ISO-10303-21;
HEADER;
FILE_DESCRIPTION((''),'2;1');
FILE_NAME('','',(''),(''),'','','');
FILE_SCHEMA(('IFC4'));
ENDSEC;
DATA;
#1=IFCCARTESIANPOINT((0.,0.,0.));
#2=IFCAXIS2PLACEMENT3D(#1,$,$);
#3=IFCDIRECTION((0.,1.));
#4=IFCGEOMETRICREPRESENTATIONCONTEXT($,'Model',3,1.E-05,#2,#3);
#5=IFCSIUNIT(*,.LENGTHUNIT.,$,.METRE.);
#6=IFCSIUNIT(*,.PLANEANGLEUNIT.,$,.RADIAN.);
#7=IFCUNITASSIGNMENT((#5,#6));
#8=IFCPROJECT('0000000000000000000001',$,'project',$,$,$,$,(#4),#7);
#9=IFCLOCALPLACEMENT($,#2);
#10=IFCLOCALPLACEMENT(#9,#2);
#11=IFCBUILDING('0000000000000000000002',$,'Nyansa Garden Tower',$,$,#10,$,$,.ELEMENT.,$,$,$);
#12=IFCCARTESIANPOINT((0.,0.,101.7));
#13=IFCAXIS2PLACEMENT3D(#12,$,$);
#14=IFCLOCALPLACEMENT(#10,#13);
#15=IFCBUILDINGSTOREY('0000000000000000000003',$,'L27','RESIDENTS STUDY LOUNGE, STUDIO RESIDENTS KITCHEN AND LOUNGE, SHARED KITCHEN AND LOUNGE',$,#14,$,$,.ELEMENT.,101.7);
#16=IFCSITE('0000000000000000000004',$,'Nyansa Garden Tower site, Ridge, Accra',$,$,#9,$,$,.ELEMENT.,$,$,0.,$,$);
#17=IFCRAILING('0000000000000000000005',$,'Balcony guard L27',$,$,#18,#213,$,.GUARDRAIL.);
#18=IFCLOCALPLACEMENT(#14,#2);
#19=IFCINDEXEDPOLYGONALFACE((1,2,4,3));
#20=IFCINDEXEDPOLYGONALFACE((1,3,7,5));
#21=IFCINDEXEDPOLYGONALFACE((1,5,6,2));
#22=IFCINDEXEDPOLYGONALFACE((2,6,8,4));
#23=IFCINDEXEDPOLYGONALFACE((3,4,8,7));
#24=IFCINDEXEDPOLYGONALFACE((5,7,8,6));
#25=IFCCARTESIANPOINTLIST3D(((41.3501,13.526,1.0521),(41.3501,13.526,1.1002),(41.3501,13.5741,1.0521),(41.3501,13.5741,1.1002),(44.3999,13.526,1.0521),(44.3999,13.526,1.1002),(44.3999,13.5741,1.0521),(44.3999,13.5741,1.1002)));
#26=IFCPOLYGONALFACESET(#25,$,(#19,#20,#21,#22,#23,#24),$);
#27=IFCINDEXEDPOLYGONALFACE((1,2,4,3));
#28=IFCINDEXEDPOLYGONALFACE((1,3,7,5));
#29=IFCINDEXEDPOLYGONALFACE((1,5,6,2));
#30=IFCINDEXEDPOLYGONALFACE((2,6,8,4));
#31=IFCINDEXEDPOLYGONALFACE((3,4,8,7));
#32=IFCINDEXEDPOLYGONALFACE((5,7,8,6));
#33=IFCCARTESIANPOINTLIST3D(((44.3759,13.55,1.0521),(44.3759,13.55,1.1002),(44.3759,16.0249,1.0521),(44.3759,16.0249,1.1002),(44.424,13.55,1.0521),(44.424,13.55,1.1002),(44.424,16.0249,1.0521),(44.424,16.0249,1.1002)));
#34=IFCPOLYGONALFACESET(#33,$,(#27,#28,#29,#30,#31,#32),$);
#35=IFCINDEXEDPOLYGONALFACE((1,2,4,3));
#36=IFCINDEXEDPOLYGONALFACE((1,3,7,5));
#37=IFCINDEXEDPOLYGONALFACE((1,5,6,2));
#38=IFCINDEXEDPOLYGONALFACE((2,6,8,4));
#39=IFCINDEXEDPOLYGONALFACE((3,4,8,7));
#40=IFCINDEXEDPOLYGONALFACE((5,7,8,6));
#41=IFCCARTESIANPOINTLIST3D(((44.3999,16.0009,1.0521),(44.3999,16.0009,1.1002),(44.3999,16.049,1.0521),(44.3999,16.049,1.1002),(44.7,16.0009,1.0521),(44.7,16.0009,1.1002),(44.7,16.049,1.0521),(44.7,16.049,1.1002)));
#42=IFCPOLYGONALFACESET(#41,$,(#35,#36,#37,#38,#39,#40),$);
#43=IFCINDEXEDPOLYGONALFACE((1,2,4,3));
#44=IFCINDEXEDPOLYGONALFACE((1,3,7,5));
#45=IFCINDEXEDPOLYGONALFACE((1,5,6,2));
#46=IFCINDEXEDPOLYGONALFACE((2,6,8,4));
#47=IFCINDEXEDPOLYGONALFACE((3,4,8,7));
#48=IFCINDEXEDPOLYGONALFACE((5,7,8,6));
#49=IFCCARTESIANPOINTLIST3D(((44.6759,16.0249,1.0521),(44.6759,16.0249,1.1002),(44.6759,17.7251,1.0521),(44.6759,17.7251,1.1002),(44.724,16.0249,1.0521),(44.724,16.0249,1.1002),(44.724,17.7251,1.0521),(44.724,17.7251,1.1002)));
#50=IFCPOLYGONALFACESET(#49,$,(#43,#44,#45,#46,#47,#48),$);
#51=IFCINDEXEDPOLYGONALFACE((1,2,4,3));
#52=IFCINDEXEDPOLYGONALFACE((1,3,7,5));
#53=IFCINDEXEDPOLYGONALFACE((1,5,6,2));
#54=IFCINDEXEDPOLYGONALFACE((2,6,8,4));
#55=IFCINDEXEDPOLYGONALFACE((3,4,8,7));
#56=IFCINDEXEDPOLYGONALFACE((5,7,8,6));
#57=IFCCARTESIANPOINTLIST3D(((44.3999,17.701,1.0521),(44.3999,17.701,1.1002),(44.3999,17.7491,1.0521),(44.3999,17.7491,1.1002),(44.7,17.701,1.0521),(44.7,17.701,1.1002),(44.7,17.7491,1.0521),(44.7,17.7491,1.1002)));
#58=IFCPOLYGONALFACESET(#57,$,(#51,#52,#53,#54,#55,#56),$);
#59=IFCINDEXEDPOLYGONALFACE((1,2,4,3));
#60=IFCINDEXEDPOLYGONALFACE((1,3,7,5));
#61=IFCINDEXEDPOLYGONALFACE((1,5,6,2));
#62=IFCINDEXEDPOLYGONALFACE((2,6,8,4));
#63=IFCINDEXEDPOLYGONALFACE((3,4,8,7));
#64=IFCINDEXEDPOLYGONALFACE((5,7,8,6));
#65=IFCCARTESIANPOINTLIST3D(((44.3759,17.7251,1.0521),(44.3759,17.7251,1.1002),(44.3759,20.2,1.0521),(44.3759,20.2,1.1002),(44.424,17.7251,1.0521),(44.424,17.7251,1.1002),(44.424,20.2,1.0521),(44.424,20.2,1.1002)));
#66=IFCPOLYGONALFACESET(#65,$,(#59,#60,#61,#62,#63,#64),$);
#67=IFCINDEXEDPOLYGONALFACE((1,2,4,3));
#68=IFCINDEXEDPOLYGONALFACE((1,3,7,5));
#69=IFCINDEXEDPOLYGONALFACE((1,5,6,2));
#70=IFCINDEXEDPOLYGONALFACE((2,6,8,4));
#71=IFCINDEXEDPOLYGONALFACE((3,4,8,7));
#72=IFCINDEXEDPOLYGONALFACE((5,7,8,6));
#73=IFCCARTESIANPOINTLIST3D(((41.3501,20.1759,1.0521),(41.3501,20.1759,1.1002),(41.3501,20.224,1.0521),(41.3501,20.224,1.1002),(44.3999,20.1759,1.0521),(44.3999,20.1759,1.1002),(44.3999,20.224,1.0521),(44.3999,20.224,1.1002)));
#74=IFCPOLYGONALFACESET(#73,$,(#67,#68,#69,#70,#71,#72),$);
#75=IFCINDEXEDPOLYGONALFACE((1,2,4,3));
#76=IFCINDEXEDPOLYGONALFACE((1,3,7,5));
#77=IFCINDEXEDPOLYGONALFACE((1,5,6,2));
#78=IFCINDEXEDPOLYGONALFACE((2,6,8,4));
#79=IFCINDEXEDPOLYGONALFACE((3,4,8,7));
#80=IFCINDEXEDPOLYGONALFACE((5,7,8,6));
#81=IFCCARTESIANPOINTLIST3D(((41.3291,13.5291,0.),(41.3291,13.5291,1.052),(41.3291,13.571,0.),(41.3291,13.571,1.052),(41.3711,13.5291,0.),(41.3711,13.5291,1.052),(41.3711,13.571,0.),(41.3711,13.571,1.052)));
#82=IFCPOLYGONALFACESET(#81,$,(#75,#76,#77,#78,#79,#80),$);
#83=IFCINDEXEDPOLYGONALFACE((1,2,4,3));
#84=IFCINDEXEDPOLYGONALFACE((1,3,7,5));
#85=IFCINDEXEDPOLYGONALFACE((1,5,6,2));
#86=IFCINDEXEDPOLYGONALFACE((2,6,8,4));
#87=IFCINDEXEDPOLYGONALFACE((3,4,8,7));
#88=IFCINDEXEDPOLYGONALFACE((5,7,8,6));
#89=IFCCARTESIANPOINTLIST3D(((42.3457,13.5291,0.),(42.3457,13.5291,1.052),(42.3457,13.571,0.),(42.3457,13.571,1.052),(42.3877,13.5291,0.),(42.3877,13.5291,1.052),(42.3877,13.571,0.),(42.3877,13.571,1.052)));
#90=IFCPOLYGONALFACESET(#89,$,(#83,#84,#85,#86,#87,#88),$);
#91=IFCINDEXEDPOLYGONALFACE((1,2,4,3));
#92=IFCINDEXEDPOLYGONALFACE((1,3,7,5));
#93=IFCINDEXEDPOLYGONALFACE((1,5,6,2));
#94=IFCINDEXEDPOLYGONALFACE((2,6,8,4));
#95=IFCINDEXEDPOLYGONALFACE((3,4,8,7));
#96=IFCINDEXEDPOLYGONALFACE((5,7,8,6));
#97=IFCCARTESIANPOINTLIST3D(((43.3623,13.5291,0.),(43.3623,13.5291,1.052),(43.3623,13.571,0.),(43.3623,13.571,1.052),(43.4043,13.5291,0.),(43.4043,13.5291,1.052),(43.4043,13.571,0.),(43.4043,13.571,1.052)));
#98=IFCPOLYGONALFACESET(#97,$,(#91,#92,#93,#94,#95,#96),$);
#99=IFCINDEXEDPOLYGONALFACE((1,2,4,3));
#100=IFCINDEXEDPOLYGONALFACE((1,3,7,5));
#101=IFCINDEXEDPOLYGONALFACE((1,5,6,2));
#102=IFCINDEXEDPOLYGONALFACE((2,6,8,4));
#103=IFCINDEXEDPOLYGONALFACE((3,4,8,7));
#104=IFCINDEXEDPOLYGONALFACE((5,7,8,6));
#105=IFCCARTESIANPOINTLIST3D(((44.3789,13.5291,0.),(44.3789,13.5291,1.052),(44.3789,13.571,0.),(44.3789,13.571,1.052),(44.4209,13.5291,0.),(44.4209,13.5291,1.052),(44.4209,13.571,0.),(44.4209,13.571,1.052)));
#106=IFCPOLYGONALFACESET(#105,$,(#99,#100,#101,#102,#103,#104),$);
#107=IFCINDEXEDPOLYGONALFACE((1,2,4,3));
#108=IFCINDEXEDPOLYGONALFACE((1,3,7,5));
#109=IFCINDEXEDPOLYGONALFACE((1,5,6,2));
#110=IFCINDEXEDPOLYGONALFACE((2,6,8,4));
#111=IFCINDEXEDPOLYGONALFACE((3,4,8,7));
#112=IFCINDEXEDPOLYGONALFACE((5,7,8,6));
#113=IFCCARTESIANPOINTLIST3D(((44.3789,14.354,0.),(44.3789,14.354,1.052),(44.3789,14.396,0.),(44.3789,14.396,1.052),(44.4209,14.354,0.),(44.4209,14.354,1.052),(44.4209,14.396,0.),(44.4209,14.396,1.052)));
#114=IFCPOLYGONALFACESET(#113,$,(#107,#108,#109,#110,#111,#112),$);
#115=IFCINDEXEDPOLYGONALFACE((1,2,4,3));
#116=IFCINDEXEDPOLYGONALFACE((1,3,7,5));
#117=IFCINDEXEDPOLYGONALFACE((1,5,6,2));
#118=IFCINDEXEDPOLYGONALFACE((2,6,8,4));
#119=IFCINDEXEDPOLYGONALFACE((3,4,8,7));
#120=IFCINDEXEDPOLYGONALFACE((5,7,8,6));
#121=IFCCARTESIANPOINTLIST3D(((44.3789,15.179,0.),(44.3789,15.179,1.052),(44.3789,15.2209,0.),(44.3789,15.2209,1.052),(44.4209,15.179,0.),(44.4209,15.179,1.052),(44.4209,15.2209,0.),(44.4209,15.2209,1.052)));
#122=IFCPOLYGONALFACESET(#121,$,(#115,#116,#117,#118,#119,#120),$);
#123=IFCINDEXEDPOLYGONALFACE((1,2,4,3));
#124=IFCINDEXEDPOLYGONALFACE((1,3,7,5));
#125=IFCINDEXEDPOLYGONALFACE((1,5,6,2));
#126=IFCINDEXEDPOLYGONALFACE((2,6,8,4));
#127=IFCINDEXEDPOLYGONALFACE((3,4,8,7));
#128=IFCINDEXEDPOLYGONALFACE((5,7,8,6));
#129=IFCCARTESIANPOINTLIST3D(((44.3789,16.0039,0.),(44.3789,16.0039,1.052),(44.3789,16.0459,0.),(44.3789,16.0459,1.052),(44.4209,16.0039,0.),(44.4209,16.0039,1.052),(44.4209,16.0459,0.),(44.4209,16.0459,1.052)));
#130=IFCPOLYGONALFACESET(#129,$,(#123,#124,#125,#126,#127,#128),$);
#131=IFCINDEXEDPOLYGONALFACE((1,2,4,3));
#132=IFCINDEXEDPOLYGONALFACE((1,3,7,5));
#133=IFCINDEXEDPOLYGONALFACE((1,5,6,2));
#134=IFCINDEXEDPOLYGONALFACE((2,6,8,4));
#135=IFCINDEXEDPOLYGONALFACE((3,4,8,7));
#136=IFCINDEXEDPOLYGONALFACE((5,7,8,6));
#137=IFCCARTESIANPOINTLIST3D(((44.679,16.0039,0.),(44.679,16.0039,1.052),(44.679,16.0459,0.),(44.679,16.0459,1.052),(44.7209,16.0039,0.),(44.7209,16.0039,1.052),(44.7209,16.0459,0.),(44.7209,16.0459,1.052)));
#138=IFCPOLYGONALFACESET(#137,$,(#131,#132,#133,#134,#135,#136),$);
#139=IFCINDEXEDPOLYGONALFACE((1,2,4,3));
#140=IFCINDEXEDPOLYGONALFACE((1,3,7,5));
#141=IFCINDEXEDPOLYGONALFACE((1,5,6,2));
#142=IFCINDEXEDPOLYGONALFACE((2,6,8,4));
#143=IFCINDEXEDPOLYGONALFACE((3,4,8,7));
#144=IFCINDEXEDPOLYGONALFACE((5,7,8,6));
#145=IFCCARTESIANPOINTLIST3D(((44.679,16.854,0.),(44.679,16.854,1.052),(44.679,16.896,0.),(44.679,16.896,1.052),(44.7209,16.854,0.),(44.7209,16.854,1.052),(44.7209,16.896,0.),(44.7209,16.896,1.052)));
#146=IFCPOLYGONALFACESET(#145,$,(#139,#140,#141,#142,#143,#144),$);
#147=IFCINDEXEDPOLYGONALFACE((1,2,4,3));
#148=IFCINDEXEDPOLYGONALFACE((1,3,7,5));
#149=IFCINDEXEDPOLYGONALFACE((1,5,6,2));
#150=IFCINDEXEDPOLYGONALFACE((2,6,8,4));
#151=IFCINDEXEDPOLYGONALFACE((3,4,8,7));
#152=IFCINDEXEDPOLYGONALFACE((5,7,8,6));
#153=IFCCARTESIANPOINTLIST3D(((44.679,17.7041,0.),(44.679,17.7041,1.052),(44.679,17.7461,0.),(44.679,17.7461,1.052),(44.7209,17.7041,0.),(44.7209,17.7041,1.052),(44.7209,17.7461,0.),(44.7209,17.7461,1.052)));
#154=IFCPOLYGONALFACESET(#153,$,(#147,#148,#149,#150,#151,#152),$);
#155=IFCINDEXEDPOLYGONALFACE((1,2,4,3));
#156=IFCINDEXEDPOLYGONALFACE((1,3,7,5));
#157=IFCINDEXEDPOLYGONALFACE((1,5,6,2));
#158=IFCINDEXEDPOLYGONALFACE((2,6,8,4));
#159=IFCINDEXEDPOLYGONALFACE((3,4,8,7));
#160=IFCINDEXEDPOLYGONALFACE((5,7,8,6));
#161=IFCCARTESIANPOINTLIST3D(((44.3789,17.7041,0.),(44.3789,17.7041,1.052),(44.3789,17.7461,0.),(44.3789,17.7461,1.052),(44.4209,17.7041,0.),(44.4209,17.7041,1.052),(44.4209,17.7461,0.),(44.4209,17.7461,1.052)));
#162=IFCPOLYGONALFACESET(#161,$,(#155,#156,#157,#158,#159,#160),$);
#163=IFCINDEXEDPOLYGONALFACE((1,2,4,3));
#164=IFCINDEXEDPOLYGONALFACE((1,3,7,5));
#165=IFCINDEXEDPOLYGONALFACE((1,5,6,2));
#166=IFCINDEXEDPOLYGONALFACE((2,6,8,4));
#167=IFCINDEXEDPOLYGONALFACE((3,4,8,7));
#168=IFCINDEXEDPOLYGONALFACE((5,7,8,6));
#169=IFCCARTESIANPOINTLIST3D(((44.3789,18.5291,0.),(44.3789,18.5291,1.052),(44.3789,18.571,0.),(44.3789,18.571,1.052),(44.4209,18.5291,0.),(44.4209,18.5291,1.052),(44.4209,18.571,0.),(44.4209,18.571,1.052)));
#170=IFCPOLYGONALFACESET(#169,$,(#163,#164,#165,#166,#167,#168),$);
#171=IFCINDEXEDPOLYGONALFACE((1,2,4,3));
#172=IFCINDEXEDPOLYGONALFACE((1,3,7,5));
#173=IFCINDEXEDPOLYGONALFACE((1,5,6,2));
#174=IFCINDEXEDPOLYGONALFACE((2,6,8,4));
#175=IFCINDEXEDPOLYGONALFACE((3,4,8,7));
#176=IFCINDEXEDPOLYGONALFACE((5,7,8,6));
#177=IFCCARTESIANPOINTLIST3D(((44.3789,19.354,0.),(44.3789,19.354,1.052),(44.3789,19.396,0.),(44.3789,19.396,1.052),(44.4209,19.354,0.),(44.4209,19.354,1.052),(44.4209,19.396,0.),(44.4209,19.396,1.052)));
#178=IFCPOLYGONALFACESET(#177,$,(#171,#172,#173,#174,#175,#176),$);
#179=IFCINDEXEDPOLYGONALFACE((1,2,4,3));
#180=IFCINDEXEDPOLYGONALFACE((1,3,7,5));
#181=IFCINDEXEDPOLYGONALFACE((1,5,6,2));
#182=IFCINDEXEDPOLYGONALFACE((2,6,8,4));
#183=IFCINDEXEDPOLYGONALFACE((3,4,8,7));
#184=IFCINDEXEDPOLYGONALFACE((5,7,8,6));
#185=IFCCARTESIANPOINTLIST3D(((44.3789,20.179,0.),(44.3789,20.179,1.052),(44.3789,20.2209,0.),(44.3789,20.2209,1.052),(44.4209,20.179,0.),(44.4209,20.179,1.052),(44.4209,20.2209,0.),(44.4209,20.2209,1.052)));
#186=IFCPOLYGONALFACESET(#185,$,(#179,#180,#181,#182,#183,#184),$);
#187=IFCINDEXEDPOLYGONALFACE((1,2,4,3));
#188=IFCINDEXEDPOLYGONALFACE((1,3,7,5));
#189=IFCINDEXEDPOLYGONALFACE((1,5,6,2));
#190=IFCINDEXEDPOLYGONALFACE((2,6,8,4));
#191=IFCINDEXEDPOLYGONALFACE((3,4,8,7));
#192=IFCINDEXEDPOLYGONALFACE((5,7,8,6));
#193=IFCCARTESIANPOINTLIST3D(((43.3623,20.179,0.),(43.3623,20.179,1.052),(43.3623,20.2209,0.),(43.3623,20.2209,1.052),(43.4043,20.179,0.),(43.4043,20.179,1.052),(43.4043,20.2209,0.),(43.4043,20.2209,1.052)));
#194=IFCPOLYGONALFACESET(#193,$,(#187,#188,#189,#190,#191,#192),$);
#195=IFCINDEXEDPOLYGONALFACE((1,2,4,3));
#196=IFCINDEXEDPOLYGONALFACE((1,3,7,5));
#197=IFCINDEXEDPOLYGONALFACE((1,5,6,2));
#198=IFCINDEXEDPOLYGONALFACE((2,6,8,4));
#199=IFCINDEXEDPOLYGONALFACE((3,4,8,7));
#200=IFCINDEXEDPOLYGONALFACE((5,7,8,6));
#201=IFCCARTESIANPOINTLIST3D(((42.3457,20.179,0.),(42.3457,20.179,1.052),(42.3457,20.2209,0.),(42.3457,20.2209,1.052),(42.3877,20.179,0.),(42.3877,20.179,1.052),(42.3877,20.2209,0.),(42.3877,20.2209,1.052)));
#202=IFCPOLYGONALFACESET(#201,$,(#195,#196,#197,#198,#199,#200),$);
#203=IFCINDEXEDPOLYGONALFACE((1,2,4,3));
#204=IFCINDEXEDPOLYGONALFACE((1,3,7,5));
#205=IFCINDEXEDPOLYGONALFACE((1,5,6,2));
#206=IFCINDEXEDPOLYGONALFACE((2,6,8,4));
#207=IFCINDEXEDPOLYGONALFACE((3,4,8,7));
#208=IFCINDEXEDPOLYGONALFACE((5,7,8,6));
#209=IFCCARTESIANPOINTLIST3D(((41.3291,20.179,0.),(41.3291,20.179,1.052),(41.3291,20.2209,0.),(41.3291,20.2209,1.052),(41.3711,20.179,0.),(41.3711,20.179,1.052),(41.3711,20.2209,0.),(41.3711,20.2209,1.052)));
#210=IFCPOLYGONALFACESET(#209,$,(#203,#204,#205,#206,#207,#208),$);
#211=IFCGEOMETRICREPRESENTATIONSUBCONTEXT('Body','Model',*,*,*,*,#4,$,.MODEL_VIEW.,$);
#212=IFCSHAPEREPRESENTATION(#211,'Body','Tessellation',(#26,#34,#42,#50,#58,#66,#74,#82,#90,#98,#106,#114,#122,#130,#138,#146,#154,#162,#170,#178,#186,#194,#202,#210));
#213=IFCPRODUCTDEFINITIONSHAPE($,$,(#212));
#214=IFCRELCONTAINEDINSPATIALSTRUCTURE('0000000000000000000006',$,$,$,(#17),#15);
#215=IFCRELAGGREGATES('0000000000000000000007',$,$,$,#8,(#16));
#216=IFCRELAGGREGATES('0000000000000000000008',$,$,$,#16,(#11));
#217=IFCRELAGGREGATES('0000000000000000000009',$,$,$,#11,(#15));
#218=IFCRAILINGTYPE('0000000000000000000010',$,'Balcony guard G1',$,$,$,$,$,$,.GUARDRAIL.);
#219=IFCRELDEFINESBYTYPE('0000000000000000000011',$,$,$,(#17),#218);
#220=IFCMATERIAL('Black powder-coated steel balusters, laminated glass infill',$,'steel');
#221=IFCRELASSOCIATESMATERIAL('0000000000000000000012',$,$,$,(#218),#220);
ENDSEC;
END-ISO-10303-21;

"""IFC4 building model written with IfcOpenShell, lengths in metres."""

from ifc_helpers import new_model, si_unit, direction, frame, origin, origin_2d, place, context, subcontext, project, spatial, rectangle, extrude, material, type_object, element, save


model = new_model("IFC4")

# Units and contexts
model_context = context("Model", 3, precision=1e-05, world=origin(), true_north=direction((0.0, 1.0)))
body_context = subcontext(model_context, "Body", "Model", "MODEL_VIEW")
ifc_project = project(units=[si_unit("LENGTHUNIT", "METRE"), si_unit("PLANEANGLEUNIT", "RADIAN")], contexts=[model_context])

# Site, building, storey
site_placement = place(None, origin())
site = spatial("IfcSite", under=ifc_project, at=site_placement, Name="Nyansa Garden Tower site, Ridge, Accra", CompositionType="ELEMENT", RefElevation=0.0)
building_placement = place(site_placement, origin())
building = spatial("IfcBuilding", under=site, at=building_placement, Name="Nyansa Garden Tower", CompositionType="ELEMENT")
storey_placement = place(building_placement, frame((0.0, 0.0, 101.7)))
storey = spatial("IfcBuildingStorey", under=building, at=storey_placement, Name="L27", Description="RESIDENTS STUDY LOUNGE, STUDIO RESIDENTS KITCHEN AND LOUNGE, SHARED KITCHEN AND LOUNGE", CompositionType="ELEMENT", Elevation=101.7)

# Railing
ifc_material_1 = material(Name="Black powder-coated steel balusters, laminated glass infill", Category="steel")
railing_type = type_object("IfcRailingType", Name="Balcony guard G1", PredefinedType="GUARDRAIL", material=ifc_material_1)
railing_placement = place(storey_placement, frame((41.3501, 13.55, 0.0)))
element("IfcRailing", 1, at=railing_placement, inside=storey, type_object=railing_type, Name="Balcony guard L27", PredefinedType="GUARDRAIL", context=body_context, shape_type="SweptSolid", body=[
    extrude(rectangle(XDim=0.0481, YDim=0.0481, at=origin_2d()), frame((0.0, 0.0, 1.0762), z_axis=(1.0, 0.0, 0.0), x_axis=(0.0, 1.0, 0.0)), (0.0, 0.0, 1.0), 3.0498),
    extrude(rectangle(XDim=0.0481, YDim=0.0481, at=origin_2d()), frame((3.0498, 0.0, 1.0762), z_axis=(0.0, 1.0, 0.0), x_axis=(-1.0, 0.0, 0.0)), (0.0, 0.0, 1.0), 2.4749),
    extrude(rectangle(XDim=0.0481, YDim=0.0481, at=origin_2d()), frame((3.0498, 2.4749, 1.0762), z_axis=(1.0, 0.0, 0.0), x_axis=(0.0, 1.0, 0.0)), (0.0, 0.0, 1.0), 0.3),
    extrude(rectangle(XDim=0.0481, YDim=0.0481, at=origin_2d()), frame((3.3499, 2.4749, 1.0762), z_axis=(0.0, 1.0, 0.0), x_axis=(-1.0, 0.0, 0.0)), (0.0, 0.0, 1.0), 1.7002),
    extrude(rectangle(XDim=0.0481, YDim=0.0481, at=origin_2d()), frame((3.3499, 4.175, 1.0762), z_axis=(-1.0, 0.0, 0.0), x_axis=(0.0, -1.0, 0.0)), (0.0, 0.0, 1.0), 0.3),
    extrude(rectangle(XDim=0.0481, YDim=0.0481, at=origin_2d()), frame((3.0498, 4.175, 1.0762), z_axis=(0.0, 1.0, 0.0), x_axis=(-1.0, 0.0, 0.0)), (0.0, 0.0, 1.0), 2.4749),
    extrude(rectangle(XDim=0.0481, YDim=0.0481, at=origin_2d()), frame((3.0498, 6.6499, 1.0762), z_axis=(-1.0, 0.0, 0.0), x_axis=(0.0, -1.0, 0.0)), (0.0, 0.0, 1.0), 3.0498),
    extrude(rectangle(XDim=0.042, YDim=0.042, at=origin_2d()), origin(), (0.0, 0.0, 1.0), 1.052),
    extrude(rectangle(XDim=0.042, YDim=0.042, at=origin_2d()), frame((1.0166, 0.0, 0.0)), (0.0, 0.0, 1.0), 1.052),
    extrude(rectangle(XDim=0.042, YDim=0.042, at=origin_2d()), frame((2.0332, 0.0, 0.0)), (0.0, 0.0, 1.0), 1.052),
    extrude(rectangle(XDim=0.042, YDim=0.042, at=origin_2d()), frame((3.0498, 0.0, 0.0)), (0.0, 0.0, 1.0), 1.052),
    extrude(rectangle(XDim=0.042, YDim=0.042, at=origin_2d()), frame((3.0498, 0.825, 0.0)), (0.0, 0.0, 1.0), 1.052),
    extrude(rectangle(XDim=0.042, YDim=0.042, at=origin_2d()), frame((3.0498, 1.6499, 0.0)), (0.0, 0.0, 1.0), 1.052),
    extrude(rectangle(XDim=0.042, YDim=0.042, at=origin_2d()), frame((3.0498, 2.4749, 0.0)), (0.0, 0.0, 1.0), 1.052),
    extrude(rectangle(XDim=0.042, YDim=0.042, at=origin_2d()), frame((3.3499, 2.4749, 0.0)), (0.0, 0.0, 1.0), 1.052),
    extrude(rectangle(XDim=0.042, YDim=0.042, at=origin_2d()), frame((3.3499, 3.325, 0.0)), (0.0, 0.0, 1.0), 1.052),
    extrude(rectangle(XDim=0.042, YDim=0.042, at=origin_2d()), frame((3.3499, 4.175, 0.0)), (0.0, 0.0, 1.0), 1.052),
    extrude(rectangle(XDim=0.042, YDim=0.042, at=origin_2d()), frame((3.0498, 4.175, 0.0)), (0.0, 0.0, 1.0), 1.052),
    extrude(rectangle(XDim=0.042, YDim=0.042, at=origin_2d()), frame((3.0498, 5.0, 0.0)), (0.0, 0.0, 1.0), 1.052),
    extrude(rectangle(XDim=0.042, YDim=0.042, at=origin_2d()), frame((3.0498, 5.825, 0.0)), (0.0, 0.0, 1.0), 1.052),
    extrude(rectangle(XDim=0.042, YDim=0.042, at=origin_2d()), frame((3.0498, 6.6499, 0.0)), (0.0, 0.0, 1.0), 1.052),
    extrude(rectangle(XDim=0.042, YDim=0.042, at=origin_2d()), frame((2.0332, 6.6499, 0.0)), (0.0, 0.0, 1.0), 1.052),
    extrude(rectangle(XDim=0.042, YDim=0.042, at=origin_2d()), frame((1.0166, 6.6499, 0.0)), (0.0, 0.0, 1.0), 1.052),
    extrude(rectangle(XDim=0.042, YDim=0.042, at=origin_2d()), frame((0.0, 6.6499, 0.0)), (0.0, 0.0, 1.0), 1.052),
])

save(model, "model.ifc")
